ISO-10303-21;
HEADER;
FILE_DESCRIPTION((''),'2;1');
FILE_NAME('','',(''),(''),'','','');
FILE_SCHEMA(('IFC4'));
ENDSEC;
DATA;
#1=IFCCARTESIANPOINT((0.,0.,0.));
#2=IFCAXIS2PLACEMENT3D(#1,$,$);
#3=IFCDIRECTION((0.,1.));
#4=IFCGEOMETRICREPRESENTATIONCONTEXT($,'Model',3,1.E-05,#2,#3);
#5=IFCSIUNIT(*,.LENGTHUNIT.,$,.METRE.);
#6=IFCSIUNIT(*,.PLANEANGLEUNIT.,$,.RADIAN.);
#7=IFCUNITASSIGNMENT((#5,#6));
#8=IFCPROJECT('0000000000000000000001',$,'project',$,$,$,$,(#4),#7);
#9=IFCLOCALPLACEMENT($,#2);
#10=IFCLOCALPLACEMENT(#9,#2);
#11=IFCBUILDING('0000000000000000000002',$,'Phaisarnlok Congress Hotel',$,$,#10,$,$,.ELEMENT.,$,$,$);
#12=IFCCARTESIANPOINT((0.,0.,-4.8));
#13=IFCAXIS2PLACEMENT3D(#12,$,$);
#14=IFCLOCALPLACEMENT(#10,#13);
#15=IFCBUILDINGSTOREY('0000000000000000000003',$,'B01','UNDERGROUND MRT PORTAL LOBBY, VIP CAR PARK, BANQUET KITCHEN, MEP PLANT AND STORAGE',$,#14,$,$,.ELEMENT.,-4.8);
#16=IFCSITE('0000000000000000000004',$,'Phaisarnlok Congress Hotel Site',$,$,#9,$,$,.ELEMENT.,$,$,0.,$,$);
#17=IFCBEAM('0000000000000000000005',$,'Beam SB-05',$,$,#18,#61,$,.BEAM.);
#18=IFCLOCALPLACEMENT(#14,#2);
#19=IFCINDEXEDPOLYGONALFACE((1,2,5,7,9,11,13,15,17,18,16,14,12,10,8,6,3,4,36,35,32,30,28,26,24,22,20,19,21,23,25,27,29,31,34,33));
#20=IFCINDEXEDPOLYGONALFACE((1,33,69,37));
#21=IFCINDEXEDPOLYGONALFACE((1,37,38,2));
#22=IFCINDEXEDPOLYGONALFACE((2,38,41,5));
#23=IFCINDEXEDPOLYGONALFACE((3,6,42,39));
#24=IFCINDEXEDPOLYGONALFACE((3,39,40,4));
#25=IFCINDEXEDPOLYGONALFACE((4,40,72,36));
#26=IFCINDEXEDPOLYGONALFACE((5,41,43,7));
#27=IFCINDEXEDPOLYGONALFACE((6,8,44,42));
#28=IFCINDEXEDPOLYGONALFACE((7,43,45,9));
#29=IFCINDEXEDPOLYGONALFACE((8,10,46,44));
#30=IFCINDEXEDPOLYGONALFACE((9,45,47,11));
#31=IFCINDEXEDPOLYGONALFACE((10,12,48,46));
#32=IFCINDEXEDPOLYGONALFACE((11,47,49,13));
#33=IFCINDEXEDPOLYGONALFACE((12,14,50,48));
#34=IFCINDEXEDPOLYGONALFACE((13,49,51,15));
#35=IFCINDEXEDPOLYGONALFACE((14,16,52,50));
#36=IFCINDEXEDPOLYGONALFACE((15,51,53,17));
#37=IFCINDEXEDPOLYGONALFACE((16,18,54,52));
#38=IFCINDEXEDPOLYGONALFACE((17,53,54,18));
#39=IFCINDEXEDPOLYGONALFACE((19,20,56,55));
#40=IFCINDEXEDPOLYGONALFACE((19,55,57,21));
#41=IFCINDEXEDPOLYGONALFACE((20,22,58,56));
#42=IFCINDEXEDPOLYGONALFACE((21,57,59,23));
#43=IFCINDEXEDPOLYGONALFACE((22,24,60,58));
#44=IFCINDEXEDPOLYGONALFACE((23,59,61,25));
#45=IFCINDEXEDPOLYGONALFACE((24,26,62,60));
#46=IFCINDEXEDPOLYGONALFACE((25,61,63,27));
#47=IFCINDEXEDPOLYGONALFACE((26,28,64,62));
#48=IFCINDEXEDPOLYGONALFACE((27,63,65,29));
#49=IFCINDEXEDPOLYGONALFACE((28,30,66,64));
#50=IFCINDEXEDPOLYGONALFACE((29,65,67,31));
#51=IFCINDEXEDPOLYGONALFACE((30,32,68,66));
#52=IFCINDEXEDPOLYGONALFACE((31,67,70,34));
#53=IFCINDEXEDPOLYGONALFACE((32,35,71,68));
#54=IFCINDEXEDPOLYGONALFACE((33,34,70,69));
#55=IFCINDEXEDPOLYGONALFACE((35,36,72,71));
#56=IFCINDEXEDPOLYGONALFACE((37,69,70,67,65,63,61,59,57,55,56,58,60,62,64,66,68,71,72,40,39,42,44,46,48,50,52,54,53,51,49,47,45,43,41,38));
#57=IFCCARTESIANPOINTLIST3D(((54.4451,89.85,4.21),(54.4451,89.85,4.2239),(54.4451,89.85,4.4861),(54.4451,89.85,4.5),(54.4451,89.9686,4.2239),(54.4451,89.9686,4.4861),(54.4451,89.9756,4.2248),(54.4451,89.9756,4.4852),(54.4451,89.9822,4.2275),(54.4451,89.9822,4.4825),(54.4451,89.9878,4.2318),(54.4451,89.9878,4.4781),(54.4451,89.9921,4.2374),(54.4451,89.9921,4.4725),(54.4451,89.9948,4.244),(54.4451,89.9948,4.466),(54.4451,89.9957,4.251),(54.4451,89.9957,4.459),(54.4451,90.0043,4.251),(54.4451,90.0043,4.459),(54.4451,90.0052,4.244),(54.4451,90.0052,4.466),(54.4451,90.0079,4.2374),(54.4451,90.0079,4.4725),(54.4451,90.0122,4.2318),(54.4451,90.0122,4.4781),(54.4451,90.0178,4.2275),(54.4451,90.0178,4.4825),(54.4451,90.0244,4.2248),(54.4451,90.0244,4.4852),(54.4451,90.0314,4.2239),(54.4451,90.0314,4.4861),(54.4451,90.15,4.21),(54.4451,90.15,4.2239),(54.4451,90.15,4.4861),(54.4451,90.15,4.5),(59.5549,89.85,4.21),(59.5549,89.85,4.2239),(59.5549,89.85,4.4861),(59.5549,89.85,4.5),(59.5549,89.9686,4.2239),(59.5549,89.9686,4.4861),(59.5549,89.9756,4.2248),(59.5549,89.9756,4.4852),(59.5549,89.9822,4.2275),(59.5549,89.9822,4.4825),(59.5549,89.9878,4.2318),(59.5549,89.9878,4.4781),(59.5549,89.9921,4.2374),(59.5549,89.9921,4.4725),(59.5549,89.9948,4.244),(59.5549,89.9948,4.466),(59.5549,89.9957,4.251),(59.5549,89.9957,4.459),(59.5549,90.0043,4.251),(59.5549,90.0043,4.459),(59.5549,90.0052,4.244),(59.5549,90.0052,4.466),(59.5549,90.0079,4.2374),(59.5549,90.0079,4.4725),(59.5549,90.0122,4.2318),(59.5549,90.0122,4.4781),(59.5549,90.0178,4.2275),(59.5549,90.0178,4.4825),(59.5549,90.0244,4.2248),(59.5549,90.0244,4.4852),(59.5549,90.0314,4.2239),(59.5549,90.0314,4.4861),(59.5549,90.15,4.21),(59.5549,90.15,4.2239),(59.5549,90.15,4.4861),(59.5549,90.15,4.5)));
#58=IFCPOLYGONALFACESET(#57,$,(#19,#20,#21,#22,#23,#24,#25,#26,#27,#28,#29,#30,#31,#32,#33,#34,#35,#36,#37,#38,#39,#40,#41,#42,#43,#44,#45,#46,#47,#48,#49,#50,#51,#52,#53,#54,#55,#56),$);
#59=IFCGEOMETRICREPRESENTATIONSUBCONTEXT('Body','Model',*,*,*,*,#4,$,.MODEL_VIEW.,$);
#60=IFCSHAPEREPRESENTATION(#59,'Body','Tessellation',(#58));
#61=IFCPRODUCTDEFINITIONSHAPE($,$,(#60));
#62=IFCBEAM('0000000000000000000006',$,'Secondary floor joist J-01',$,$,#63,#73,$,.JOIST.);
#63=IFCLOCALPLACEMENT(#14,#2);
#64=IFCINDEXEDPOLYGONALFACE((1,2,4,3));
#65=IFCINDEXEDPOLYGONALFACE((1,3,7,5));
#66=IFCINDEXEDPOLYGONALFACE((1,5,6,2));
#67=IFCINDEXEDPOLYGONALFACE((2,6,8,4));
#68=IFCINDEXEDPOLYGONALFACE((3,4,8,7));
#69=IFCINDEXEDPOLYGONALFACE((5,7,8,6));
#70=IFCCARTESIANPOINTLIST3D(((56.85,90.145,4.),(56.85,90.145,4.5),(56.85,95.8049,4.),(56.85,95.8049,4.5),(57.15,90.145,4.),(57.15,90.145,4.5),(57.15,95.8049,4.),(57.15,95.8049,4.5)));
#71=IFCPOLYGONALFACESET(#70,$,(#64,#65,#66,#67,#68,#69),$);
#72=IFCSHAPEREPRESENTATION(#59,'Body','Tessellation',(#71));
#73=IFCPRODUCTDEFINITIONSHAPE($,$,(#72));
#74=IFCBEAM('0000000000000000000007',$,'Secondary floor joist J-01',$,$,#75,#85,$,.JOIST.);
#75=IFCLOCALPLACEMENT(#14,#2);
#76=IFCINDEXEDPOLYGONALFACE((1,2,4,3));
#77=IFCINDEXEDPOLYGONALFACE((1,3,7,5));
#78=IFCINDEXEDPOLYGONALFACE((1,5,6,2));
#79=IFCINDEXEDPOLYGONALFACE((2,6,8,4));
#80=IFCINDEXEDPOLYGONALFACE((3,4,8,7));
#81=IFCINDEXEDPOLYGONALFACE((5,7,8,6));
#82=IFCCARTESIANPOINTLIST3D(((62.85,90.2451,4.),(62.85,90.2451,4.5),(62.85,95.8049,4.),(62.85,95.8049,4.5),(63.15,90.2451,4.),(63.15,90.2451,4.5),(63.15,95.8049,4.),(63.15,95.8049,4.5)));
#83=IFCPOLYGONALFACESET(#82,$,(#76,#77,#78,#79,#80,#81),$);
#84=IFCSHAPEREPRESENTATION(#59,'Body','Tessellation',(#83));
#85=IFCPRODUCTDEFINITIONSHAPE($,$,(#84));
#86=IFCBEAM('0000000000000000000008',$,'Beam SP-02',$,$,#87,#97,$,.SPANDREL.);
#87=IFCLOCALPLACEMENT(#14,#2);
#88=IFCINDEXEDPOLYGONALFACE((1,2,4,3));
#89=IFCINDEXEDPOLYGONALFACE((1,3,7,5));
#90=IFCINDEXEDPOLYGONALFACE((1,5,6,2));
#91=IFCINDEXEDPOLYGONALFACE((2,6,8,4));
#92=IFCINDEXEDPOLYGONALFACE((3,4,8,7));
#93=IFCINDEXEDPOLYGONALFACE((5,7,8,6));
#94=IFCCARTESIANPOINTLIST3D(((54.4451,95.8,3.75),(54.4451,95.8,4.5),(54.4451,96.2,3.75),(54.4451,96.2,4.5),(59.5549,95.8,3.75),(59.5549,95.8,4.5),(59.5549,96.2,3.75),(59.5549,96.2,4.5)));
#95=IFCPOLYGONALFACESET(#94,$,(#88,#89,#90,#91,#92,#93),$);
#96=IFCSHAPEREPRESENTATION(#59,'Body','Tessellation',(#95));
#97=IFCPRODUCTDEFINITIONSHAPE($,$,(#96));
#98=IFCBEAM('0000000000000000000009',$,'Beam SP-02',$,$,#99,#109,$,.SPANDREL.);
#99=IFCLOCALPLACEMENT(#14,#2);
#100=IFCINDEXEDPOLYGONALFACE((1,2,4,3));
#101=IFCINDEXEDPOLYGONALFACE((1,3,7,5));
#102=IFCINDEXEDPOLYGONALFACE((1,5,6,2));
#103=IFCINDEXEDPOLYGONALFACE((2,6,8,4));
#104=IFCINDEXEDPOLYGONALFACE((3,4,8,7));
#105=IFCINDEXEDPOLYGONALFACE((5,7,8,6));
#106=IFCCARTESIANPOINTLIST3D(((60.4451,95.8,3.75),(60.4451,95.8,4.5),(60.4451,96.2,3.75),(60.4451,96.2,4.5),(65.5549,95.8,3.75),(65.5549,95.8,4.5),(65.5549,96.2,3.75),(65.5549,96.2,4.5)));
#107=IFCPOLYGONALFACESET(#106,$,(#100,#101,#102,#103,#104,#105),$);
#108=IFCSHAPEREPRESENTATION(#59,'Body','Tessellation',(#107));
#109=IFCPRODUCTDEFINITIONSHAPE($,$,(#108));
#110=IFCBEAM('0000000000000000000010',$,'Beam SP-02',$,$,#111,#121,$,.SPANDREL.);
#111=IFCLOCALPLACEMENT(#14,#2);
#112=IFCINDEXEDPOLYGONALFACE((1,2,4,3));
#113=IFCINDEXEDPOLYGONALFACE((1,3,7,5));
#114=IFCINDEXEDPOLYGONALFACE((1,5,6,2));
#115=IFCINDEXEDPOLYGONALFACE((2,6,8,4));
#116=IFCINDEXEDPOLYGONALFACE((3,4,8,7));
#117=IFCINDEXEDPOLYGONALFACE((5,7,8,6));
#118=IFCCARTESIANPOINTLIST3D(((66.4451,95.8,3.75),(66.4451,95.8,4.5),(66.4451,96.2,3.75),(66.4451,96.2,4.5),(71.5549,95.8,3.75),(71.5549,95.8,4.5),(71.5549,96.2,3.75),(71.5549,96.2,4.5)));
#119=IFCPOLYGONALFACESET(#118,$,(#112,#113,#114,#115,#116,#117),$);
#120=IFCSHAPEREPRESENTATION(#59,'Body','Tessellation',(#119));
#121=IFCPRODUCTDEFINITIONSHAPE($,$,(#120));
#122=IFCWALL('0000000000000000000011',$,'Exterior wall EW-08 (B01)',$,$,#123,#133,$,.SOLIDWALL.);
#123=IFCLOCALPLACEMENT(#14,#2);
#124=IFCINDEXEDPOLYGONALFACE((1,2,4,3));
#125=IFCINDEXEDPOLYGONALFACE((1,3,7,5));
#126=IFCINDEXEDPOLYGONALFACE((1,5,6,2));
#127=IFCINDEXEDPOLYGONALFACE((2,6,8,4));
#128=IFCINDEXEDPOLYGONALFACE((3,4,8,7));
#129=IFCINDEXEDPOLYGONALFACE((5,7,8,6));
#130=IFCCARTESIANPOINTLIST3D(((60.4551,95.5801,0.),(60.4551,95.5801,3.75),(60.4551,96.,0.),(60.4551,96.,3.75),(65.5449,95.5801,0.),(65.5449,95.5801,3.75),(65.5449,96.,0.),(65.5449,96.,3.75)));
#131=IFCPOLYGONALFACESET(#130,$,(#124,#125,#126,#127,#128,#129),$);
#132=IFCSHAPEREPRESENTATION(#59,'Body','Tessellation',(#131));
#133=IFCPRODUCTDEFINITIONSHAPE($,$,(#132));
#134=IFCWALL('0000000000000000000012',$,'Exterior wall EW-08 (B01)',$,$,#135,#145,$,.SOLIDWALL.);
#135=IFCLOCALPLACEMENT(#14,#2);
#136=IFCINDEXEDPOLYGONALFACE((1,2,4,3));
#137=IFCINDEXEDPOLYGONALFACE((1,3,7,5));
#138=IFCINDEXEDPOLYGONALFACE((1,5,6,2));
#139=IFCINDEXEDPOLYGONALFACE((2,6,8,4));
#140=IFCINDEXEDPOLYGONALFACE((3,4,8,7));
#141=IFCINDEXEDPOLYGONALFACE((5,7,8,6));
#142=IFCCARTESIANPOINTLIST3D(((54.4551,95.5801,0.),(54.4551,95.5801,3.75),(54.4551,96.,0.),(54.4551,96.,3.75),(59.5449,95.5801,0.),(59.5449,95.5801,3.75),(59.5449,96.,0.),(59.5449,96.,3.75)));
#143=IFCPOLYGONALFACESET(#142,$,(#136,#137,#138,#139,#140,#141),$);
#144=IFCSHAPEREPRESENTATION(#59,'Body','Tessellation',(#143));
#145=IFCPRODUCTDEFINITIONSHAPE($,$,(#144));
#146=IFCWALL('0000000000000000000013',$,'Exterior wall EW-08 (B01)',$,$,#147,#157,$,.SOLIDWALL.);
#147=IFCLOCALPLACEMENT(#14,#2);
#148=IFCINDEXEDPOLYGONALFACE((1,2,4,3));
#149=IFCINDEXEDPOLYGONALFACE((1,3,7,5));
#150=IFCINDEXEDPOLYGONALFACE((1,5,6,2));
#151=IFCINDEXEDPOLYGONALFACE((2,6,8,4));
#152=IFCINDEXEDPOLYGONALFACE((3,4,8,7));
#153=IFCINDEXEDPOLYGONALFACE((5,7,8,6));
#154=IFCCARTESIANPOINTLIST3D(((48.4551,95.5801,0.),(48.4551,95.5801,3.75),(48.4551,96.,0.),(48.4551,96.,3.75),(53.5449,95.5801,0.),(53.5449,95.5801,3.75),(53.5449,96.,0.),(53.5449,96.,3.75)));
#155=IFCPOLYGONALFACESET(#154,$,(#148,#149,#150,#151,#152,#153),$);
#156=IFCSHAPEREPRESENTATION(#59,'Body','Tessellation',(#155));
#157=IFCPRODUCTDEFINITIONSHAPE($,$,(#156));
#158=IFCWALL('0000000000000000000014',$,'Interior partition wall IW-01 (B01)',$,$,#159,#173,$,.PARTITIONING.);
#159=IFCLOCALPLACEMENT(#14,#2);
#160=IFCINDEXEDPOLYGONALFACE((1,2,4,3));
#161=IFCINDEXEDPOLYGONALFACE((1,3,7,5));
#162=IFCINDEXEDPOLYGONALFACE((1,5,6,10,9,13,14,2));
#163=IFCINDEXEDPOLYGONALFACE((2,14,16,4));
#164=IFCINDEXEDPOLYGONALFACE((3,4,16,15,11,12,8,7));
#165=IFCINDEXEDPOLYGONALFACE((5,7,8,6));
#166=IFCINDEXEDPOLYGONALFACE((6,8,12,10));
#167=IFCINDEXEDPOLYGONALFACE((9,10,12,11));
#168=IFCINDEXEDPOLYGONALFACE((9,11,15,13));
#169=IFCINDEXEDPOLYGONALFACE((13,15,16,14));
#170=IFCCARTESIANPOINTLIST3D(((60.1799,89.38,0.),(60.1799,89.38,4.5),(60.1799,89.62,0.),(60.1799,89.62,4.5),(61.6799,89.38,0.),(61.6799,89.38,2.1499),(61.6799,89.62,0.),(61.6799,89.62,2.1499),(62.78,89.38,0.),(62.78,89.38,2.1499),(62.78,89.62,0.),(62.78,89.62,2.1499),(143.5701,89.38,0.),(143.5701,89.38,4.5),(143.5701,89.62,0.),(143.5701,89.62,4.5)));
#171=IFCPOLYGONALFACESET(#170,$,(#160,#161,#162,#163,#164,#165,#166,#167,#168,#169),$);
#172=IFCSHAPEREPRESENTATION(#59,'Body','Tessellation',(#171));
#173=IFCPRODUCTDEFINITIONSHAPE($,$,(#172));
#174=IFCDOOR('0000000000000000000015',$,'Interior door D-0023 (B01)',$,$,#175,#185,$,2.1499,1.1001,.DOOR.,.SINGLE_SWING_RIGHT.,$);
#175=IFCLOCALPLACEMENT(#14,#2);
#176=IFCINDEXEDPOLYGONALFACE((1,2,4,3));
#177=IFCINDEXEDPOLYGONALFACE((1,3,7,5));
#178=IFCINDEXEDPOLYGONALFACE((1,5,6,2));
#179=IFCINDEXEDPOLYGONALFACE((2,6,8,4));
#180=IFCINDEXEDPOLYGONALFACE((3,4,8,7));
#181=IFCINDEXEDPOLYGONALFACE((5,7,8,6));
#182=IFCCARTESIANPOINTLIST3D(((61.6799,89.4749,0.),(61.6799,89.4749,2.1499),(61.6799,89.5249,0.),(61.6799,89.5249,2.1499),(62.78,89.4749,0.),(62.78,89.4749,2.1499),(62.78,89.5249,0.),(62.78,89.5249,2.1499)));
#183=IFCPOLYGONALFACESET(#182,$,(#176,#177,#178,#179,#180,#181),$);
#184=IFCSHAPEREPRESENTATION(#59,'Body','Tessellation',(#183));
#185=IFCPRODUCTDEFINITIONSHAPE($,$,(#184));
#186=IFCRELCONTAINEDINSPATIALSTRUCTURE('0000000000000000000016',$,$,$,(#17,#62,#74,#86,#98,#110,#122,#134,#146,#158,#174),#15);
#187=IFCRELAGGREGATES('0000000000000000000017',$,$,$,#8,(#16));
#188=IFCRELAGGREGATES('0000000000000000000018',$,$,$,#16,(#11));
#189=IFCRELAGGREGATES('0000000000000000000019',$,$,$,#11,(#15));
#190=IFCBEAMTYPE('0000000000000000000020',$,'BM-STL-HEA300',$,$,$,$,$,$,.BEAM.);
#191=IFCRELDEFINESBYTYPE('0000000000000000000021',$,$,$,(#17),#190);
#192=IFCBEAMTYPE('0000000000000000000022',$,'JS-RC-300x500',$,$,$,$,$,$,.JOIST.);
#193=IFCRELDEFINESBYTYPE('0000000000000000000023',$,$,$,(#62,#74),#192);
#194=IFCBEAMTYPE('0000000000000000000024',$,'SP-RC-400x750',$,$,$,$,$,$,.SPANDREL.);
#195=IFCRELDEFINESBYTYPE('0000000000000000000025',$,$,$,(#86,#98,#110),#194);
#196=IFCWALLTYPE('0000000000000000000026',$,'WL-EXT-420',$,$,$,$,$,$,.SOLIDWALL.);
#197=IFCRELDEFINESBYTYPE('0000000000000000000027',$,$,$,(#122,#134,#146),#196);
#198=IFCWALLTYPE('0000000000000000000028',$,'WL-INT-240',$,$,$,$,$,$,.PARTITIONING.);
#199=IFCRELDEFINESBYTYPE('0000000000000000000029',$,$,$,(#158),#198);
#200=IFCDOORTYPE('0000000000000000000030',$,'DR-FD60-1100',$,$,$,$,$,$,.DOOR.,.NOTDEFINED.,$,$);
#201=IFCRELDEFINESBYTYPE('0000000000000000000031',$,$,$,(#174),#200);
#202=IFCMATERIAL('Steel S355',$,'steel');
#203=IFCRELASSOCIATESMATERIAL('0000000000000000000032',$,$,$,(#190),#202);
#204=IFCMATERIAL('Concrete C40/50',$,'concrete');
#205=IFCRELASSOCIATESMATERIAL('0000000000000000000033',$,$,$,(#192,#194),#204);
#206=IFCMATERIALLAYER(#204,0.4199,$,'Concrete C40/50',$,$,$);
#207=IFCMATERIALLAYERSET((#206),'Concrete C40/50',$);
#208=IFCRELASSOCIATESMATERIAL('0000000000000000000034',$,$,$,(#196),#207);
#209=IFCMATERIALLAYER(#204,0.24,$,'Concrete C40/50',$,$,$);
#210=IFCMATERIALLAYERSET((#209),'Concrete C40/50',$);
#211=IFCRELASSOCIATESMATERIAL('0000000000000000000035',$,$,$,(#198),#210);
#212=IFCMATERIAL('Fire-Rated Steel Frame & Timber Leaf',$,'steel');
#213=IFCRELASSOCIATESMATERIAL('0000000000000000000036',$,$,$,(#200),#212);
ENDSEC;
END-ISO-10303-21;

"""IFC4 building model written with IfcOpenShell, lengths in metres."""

from ifc_helpers import new_model, si_unit, direction, frame, frame_2d, origin, origin_2d, place, context, subcontext, project, spatial, rectangle, i_section, extrude, material, layer, layer_set, material_profile, profile_set, type_object, element, fill, save


model = new_model("IFC4")

# Units and contexts
model_context = context("Model", 3, precision=1e-05, world=origin(), true_north=direction((0.0, 1.0)))
body_context = subcontext(model_context, "Body", "Model", "MODEL_VIEW")
ifc_project = project(units=[si_unit("LENGTHUNIT", "METRE"), si_unit("PLANEANGLEUNIT", "RADIAN")], contexts=[model_context])

# Site, building, storey
site_placement = place(None, origin())
site = spatial("IfcSite", under=ifc_project, at=site_placement, Name="Phaisarnlok Congress Hotel Site", CompositionType="ELEMENT", RefElevation=0.0)
building_placement = place(site_placement, origin())
building = spatial("IfcBuilding", under=site, at=building_placement, Name="Phaisarnlok Congress Hotel", CompositionType="ELEMENT")
storey_placement = place(building_placement, frame((0.0, 0.0, -4.8)))
storey = spatial("IfcBuildingStorey", under=building, at=storey_placement, Name="B01", Description="UNDERGROUND MRT PORTAL LOBBY, VIP CAR PARK, BANQUET KITCHEN, MEP PLANT AND STORAGE", CompositionType="ELEMENT", Elevation=-4.8)

# Shared definitions
ifc_material_1 = material(Name="Concrete C40/50", Category="concrete")

# Beams
ifc_material_2 = material(Name="Steel S355", Category="steel")
ifc_material_profile_1 = material_profile(ifc_material_2, i_section(OverallWidth=0.3, OverallDepth=0.29, WebThickness=0.0085, FlangeThickness=0.0139, FilletRadius=0.0271, at=origin_2d()), Name="HEA 300")
ifc_profile_set_1 = profile_set([ifc_material_profile_1], Name="Steel S355")
beam_type_1 = type_object("IfcBeamType", Name="BM-STL-HEA300", PredefinedType="BEAM", material=ifc_profile_set_1)
beam_1_placement = place(storey_placement, frame((54.4451, 90.0, 4.355), z_axis=(1.0, 0.0, 0.0), x_axis=(0.0, 1.0, 0.0)))
element("IfcBeam", 1, at=beam_1_placement, inside=storey, type_object=beam_type_1, Name="Beam SB-05", PredefinedType="BEAM", context=body_context, shape_type="SweptSolid", body=[
    extrude(i_section(OverallWidth=0.3, OverallDepth=0.29, WebThickness=0.0085, FlangeThickness=0.0139, FilletRadius=0.0271, at=origin_2d()), origin(), (0.0, 0.0, 1.0), 5.1099),
])
ifc_material_profile_2 = material_profile(ifc_material_1, rectangle(XDim=0.3, YDim=0.5, at=origin_2d()), Name="RC 300x500")
ifc_profile_set_2 = profile_set([ifc_material_profile_2], Name="Concrete C40/50")
beam_type_2 = type_object("IfcBeamType", Name="JS-RC-300x500", PredefinedType="JOIST", material=ifc_profile_set_2)
beam_2_placement = place(storey_placement, frame((57.0, 90.145, 4.25), z_axis=(0.0, 1.0, 0.0), x_axis=(-1.0, 0.0, 0.0)))
element("IfcBeam", 2, at=beam_2_placement, inside=storey, type_object=beam_type_2, Name="Secondary floor joist J-01", PredefinedType="JOIST", context=body_context, shape_type="SweptSolid", body=[
    extrude(rectangle(XDim=0.3, YDim=0.5, at=origin_2d()), origin(), (0.0, 0.0, 1.0), 5.6599),
])
beam_3_placement = place(storey_placement, frame((63.0, 90.2451, 4.25), z_axis=(0.0, 1.0, 0.0), x_axis=(-1.0, 0.0, 0.0)))
element("IfcBeam", 3, at=beam_3_placement, inside=storey, type_object=beam_type_2, Name="Secondary floor joist J-01", PredefinedType="JOIST", context=body_context, shape_type="SweptSolid", body=[
    extrude(rectangle(XDim=0.3, YDim=0.5, at=origin_2d()), origin(), (0.0, 0.0, 1.0), 5.5598),
])
ifc_material_profile_3 = material_profile(ifc_material_1, rectangle(XDim=0.3999, YDim=0.75, at=origin_2d()), Name="RC 400x750")
ifc_profile_set_3 = profile_set([ifc_material_profile_3], Name="Concrete C40/50")
beam_type_3 = type_object("IfcBeamType", Name="SP-RC-400x750", PredefinedType="SPANDREL", material=ifc_profile_set_3)
for number, where, z_axis, x_axis, name in (
    (4, (54.4451, 96.0, 4.125), (1.0, 0.0, 0.0), (0.0, 1.0, 0.0), "Beam SP-02"),
    (5, (60.4451, 96.0, 4.125), (1.0, 0.0, 0.0), (0.0, 1.0, 0.0), "Beam SP-02"),
    (6, (66.4451, 96.0, 4.125), (1.0, 0.0, 0.0), (0.0, 1.0, 0.0), "Beam SP-02"),
):
    element("IfcBeam", number, at=place(storey_placement, frame(where, z_axis=z_axis, x_axis=x_axis)), inside=storey, type_object=beam_type_3, Name=name, PredefinedType="SPANDREL", context=body_context, shape_type="SweptSolid", body=[
        extrude(rectangle(XDim=0.3999, YDim=0.75, at=origin_2d()), origin(), (0.0, 0.0, 1.0), 5.1099),
    ])

# Walls
ifc_layer_1 = layer(ifc_material_1, 0.4199, Name="Concrete C40/50")
ifc_layer_set_1 = layer_set([ifc_layer_1], Name="Concrete C40/50")
wall_type_1 = type_object("IfcWallType", Name="WL-EXT-420", PredefinedType="SOLIDWALL", material=ifc_layer_set_1)
for number, where, z_axis, x_axis, name in (
    (7, (65.5449, 95.79, 0.0), (0.0, 0.0, 1.0), (-1.0, 0.0, 0.0), "Exterior wall EW-08 (B01)"),
    (8, (59.5449, 95.79, 0.0), (0.0, 0.0, 1.0), (-1.0, 0.0, 0.0), "Exterior wall EW-08 (B01)"),
    (9, (53.5449, 95.79, 0.0), (0.0, 0.0, 1.0), (-1.0, 0.0, 0.0), "Exterior wall EW-08 (B01)"),
):
    element("IfcWall", number, at=place(storey_placement, frame(where, z_axis=z_axis, x_axis=x_axis)), inside=storey, type_object=wall_type_1, Name=name, PredefinedType="SOLIDWALL", context=body_context, shape_type="SweptSolid", body=[
        extrude(rectangle(XDim=5.0898, YDim=0.4199, at=frame_2d((2.5449, 0.0))), origin(), (0.0, 0.0, 1.0), 3.75),
    ])

# Wall, opening, door
ifc_layer_2 = layer(ifc_material_1, 0.24, Name="Concrete C40/50")
ifc_layer_set_2 = layer_set([ifc_layer_2], Name="Concrete C40/50")
wall_type_2 = type_object("IfcWallType", Name="WL-INT-240", PredefinedType="PARTITIONING", material=ifc_layer_set_2)
wall_1_placement = place(storey_placement, frame((60.1799, 89.5, 0.0), z_axis=(0.0, 0.0, 1.0), x_axis=(1.0, 0.0, 0.0)))
wall_1 = element("IfcWall", 10, at=wall_1_placement, inside=storey, type_object=wall_type_2, Name="Interior partition wall IW-01 (B01)", PredefinedType="PARTITIONING", context=body_context, shape_type="SweptSolid", body=[
    extrude(rectangle(XDim=83.3901, YDim=0.24, at=frame_2d((41.6951, 0.0))), origin(), (0.0, 0.0, 1.0), 4.5),
])
opening_placement = place(wall_1_placement, frame((1.5, 0.0, 0.0)))
opening = element("IfcOpeningElement", 11, at=opening_placement, cuts=wall_1, PredefinedType="OPENING", context=body_context, shape_type="SweptSolid", body=[
    extrude(rectangle(XDim=1.1001, YDim=2.1499, at=frame_2d((0.55, 1.075))), frame((0.0, 0.1299, 0.0), z_axis=(0.0, -1.0, 0.0), x_axis=(1.0, 0.0, 0.0)), (0.0, 0.0, 1.0), 0.26),
])
ifc_material_3 = material(Name="Fire-Rated Steel Frame & Timber Leaf", Category="steel")
door_type = type_object("IfcDoorType", Name="DR-FD60-1100", OperationType="NOTDEFINED", PredefinedType="DOOR", material=ifc_material_3)
door_placement = place(opening_placement, origin())
door = element("IfcDoor", 12, at=door_placement, inside=storey, type_object=door_type, Name="Interior door D-0023 (B01)", OperationType="SINGLE_SWING_RIGHT", OverallHeight=2.1499, OverallWidth=1.1001, PredefinedType="DOOR", context=body_context, shape_type="SweptSolid", body=[
    extrude(rectangle(XDim=1.1001, YDim=2.1499, at=frame_2d((0.55, 1.075))), frame((0.0, 0.0249, 0.0), z_axis=(0.0, -1.0, 0.0), x_axis=(1.0, 0.0, 0.0)), (0.0, 0.0, 1.0), 0.05),
])
fill(opening, door)

save(model, "model.ifc")
